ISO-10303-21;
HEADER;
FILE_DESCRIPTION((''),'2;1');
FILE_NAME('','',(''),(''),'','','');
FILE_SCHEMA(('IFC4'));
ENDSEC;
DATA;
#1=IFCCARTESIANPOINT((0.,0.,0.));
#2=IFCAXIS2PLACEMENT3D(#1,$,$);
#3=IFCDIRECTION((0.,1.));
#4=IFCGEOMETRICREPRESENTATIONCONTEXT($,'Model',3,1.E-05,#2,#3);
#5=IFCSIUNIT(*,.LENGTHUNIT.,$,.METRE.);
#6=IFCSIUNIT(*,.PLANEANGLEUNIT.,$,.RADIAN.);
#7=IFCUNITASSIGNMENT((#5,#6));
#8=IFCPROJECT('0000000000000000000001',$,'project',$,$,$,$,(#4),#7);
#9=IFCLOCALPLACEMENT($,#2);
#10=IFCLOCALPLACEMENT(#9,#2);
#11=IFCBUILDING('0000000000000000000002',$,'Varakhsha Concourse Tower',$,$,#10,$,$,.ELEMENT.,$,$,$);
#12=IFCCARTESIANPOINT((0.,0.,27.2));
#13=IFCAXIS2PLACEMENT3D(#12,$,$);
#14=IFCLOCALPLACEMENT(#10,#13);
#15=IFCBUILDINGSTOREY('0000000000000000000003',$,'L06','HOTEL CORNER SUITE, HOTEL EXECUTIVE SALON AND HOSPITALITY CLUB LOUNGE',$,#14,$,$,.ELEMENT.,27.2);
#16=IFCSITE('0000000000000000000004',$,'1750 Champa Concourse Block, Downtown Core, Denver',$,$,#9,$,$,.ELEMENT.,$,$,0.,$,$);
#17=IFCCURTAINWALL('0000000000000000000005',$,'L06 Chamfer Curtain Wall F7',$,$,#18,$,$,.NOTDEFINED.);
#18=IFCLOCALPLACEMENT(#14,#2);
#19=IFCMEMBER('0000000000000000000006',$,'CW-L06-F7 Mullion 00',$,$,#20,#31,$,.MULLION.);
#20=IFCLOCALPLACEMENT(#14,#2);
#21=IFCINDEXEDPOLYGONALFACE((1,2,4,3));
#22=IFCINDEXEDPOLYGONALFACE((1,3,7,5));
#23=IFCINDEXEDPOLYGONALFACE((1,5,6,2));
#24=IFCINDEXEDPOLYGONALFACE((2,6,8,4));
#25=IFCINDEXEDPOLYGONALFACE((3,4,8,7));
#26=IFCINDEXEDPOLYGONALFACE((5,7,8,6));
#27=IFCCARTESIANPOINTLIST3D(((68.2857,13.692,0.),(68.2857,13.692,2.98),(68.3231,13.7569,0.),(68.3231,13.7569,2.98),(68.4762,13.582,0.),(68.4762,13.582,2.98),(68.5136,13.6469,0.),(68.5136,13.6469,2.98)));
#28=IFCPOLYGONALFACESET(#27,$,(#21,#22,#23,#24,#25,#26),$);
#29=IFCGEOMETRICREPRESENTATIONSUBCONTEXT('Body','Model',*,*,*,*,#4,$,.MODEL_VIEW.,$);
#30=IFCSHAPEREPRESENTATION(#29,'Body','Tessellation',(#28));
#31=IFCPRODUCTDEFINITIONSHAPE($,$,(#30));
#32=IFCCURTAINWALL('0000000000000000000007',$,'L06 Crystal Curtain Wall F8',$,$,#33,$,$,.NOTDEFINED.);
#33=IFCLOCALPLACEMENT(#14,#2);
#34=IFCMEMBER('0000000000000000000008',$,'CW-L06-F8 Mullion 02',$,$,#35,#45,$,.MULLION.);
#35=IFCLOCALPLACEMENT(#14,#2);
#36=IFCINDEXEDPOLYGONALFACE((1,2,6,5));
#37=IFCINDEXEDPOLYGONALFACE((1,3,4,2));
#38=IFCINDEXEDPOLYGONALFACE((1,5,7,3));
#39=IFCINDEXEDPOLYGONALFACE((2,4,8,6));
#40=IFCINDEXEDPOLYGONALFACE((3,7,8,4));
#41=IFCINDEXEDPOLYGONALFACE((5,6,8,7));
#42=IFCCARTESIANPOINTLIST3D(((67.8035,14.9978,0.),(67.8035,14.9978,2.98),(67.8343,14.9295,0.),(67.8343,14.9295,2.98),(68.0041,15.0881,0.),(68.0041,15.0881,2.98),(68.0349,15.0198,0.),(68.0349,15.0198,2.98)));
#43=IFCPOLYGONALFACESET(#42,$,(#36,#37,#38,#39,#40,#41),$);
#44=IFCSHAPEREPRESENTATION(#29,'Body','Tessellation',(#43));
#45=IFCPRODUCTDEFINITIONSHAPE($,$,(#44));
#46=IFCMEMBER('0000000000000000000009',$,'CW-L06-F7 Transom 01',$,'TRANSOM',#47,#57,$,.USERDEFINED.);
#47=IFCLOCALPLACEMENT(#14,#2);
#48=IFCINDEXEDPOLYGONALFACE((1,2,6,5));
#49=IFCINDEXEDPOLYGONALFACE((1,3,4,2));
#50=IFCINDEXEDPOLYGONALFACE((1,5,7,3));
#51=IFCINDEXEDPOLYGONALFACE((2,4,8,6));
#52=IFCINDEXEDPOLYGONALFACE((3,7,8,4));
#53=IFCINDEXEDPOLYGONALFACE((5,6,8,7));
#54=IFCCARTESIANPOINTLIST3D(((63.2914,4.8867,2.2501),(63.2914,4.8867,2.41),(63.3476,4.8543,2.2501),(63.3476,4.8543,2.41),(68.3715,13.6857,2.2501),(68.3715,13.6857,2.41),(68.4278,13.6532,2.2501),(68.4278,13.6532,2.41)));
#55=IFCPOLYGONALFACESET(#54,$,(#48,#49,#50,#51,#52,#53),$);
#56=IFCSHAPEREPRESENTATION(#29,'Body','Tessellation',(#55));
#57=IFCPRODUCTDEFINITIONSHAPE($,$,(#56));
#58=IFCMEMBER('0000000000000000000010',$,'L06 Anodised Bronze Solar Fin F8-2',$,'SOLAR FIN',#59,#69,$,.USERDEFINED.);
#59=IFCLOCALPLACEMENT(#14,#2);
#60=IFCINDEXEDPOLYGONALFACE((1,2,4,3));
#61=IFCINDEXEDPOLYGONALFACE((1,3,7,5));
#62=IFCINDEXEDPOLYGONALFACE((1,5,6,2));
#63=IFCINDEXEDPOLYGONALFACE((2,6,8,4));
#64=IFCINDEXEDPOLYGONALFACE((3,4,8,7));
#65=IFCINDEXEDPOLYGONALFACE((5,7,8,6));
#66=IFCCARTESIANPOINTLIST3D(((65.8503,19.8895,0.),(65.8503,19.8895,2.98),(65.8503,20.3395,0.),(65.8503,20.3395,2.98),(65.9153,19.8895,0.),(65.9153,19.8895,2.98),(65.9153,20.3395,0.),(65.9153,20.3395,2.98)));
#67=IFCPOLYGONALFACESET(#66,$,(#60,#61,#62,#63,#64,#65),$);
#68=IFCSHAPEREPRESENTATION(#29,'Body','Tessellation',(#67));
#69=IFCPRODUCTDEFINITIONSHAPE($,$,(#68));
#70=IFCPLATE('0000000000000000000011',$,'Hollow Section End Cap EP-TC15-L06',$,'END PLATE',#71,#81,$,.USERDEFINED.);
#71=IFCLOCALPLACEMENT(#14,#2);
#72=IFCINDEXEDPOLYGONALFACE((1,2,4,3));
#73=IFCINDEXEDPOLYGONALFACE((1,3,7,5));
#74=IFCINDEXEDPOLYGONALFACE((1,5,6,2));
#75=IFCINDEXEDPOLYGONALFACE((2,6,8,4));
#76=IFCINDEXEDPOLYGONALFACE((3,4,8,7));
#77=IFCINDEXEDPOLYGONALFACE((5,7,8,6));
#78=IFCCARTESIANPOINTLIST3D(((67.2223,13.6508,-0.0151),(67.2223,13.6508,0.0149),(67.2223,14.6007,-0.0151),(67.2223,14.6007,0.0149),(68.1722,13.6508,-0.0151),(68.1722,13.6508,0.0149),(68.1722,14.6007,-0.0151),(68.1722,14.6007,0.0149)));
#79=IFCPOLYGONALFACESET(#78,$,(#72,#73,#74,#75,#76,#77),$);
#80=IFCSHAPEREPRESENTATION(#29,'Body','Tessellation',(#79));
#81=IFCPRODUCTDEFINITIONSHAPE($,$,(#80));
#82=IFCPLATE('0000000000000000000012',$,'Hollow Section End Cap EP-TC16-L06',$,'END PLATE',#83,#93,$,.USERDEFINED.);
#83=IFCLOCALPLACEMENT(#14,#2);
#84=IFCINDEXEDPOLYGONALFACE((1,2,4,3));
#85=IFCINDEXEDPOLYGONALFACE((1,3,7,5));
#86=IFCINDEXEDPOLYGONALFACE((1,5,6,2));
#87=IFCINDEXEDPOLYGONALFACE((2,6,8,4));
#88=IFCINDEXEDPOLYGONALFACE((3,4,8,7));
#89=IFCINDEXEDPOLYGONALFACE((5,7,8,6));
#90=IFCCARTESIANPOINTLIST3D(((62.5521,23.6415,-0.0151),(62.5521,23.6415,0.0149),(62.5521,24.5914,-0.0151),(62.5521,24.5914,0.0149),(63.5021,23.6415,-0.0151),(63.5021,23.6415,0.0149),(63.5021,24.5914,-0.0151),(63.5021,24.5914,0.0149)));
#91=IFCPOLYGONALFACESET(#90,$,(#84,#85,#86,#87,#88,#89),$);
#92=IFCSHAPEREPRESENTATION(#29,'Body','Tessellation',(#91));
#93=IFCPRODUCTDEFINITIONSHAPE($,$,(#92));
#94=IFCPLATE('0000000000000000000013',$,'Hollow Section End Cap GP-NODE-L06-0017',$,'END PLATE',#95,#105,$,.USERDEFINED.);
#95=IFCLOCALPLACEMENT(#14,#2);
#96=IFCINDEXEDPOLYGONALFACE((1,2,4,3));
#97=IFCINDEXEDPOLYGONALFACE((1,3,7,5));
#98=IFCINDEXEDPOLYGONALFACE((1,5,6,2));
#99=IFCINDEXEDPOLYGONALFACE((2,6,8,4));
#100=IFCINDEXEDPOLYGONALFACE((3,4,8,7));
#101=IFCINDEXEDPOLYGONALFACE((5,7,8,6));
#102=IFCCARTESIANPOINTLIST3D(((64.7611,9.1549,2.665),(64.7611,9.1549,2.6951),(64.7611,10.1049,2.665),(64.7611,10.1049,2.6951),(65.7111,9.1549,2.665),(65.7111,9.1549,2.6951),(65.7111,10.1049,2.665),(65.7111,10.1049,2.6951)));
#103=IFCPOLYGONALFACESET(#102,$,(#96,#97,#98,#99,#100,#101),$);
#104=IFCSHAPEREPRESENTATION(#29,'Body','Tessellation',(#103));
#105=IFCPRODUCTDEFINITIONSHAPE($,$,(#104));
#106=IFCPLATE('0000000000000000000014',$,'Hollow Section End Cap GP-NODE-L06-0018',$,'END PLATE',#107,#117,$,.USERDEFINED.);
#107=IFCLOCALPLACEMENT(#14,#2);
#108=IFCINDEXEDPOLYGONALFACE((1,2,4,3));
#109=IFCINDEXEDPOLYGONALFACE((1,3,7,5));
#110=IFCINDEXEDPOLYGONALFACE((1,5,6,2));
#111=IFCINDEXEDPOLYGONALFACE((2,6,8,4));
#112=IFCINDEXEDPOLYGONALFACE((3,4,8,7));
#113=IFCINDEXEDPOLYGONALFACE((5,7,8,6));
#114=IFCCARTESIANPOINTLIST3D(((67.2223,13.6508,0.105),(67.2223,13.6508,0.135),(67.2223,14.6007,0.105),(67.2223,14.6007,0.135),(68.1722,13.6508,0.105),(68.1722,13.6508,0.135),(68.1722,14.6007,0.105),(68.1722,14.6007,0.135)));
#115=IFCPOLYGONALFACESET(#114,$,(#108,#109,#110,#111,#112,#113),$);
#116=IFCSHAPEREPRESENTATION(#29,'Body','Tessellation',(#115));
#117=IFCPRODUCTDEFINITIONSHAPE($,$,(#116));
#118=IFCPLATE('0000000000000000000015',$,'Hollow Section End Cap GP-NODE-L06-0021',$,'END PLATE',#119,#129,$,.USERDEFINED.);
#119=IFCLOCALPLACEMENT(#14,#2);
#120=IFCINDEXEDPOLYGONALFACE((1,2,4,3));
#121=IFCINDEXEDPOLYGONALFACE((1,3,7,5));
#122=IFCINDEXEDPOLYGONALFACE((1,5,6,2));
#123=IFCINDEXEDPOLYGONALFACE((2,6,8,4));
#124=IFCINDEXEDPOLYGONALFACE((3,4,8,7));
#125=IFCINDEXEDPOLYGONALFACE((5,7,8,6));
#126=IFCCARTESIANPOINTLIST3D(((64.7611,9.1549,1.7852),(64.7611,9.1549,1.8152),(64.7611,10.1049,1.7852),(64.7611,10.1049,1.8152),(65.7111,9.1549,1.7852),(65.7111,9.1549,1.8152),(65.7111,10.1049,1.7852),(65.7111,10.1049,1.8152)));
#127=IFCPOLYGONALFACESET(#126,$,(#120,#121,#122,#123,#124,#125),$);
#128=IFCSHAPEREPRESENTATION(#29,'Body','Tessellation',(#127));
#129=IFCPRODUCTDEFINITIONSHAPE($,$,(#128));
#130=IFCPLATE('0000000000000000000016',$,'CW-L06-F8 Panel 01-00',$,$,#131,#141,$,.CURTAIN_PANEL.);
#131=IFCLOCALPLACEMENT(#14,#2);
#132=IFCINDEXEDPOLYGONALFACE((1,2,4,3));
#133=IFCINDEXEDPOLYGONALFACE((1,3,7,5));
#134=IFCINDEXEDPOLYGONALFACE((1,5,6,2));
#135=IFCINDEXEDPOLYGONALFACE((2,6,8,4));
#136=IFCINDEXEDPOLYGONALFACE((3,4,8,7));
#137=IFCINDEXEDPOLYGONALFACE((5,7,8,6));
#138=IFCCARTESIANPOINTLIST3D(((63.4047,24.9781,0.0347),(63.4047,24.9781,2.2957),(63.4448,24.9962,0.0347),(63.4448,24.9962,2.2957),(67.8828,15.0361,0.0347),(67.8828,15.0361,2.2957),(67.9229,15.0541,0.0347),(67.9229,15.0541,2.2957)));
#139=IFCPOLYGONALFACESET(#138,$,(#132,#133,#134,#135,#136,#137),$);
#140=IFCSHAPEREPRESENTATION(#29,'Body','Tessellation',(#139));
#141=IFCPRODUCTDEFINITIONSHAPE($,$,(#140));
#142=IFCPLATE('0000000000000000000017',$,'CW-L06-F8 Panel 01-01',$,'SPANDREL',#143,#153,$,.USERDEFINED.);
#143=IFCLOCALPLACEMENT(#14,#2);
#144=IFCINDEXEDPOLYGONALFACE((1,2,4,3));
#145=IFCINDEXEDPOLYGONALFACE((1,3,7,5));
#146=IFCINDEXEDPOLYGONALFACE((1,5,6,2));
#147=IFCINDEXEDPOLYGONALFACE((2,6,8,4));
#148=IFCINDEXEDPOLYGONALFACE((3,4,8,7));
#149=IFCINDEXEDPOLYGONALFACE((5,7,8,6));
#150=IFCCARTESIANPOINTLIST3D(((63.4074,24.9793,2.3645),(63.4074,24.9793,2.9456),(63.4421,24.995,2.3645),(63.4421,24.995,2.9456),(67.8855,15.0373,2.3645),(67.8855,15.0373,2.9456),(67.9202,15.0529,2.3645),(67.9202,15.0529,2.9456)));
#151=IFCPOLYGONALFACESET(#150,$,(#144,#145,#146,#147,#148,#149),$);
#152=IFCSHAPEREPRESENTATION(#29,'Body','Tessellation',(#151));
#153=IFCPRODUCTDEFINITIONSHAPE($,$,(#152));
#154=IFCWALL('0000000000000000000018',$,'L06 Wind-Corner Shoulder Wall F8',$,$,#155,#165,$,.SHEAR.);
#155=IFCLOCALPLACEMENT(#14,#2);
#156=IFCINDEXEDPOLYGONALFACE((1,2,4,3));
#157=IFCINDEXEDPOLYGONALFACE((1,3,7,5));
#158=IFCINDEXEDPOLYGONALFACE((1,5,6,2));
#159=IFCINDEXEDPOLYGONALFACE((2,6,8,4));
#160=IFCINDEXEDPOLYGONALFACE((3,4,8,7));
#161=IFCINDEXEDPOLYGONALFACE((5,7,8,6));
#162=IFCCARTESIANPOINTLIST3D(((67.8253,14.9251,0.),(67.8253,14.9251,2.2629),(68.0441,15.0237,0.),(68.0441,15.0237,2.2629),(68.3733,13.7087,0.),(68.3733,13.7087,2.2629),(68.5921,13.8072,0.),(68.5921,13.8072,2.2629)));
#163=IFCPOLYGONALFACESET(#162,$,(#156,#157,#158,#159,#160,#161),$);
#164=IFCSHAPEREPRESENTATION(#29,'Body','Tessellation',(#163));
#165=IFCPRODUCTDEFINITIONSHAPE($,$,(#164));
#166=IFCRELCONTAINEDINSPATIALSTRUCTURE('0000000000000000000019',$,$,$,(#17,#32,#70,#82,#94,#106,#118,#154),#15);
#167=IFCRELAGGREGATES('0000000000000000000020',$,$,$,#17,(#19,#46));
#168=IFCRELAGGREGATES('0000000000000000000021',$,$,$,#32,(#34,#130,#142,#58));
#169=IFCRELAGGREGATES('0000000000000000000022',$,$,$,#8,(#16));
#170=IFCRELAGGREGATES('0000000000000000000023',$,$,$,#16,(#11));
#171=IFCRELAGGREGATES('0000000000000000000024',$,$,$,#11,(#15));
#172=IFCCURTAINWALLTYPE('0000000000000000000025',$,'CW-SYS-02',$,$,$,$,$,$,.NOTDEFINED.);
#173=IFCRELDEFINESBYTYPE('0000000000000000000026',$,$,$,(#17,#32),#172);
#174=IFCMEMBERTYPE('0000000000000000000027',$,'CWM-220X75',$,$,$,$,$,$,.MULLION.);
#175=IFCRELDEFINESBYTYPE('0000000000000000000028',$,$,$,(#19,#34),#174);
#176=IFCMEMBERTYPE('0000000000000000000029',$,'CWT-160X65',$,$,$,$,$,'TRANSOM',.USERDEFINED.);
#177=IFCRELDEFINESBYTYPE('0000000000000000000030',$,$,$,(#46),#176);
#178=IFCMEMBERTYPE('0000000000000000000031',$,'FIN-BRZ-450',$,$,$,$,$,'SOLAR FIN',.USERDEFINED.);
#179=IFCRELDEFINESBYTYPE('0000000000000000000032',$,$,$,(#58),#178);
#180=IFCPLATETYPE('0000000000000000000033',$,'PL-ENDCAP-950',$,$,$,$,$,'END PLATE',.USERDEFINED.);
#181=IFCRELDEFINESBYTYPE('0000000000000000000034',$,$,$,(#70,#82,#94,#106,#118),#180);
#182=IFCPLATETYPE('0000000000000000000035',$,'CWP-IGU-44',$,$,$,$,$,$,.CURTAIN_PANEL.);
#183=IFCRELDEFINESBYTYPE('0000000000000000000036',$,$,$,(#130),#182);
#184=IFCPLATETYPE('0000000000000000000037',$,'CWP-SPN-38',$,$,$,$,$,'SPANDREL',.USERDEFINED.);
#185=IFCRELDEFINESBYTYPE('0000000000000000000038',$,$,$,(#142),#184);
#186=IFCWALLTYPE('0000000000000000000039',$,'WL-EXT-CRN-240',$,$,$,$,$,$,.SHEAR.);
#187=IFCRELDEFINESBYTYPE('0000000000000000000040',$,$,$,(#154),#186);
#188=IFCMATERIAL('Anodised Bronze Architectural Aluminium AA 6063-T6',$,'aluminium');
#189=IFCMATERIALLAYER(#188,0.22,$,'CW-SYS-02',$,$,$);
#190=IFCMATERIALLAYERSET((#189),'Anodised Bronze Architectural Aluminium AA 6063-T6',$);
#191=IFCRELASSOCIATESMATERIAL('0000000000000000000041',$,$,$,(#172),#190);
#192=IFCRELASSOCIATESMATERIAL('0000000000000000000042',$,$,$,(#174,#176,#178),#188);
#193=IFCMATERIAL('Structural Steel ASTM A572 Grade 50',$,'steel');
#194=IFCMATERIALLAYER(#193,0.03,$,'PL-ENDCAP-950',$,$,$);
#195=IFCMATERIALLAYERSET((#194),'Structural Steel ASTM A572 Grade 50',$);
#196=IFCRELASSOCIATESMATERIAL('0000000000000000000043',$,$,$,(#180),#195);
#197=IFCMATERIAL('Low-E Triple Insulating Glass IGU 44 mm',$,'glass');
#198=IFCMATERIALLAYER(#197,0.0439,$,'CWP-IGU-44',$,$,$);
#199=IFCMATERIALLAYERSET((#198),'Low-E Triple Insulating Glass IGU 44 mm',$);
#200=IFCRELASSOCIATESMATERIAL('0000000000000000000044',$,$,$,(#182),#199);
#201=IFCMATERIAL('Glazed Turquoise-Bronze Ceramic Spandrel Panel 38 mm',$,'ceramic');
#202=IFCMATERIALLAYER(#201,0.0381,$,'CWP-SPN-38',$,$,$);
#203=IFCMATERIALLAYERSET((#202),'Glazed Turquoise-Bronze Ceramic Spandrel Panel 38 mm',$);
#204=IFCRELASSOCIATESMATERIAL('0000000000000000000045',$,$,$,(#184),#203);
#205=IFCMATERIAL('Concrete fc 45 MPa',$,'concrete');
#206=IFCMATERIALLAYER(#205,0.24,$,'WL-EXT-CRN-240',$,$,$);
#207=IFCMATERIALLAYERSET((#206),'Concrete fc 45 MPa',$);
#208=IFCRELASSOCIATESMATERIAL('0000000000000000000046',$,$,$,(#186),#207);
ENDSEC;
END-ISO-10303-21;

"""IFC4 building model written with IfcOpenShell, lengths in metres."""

from ifc_helpers import new_model, si_unit, direction, frame, frame_2d, origin, origin_2d, place, context, subcontext, project, spatial, rectangle, extrude, source, transform, mapped, material, layer, layer_set, material_profile, profile_set, type_object, type_shapes, element, aggregate, save


model = new_model("IFC4")

# Units and contexts
model_context = context("Model", 3, precision=1e-05, world=origin(), true_north=direction((0.0, 1.0)))
body_context = subcontext(model_context, "Body", "Model", "MODEL_VIEW")
ifc_project = project(units=[si_unit("LENGTHUNIT", "METRE"), si_unit("PLANEANGLEUNIT", "RADIAN")], contexts=[model_context])

# Site, building, storey
site_placement = place(None, origin())
site = spatial("IfcSite", under=ifc_project, at=site_placement, Name="1750 Champa Concourse Block, Downtown Core, Denver", CompositionType="ELEMENT", RefElevation=0.0)
building_placement = place(site_placement, origin())
building = spatial("IfcBuilding", under=site, at=building_placement, Name="Varakhsha Concourse Tower", CompositionType="ELEMENT")
storey_placement = place(building_placement, frame((0.0, 0.0, 27.2)))
storey = spatial("IfcBuildingStorey", under=building, at=storey_placement, Name="L06", Description="HOTEL CORNER SUITE, HOTEL EXECUTIVE SALON AND HOSPITALITY CLUB LOUNGE", CompositionType="ELEMENT", Elevation=27.2)

# Shared definitions
ifc_material_1 = material(Name="Structural Steel ASTM A572 Grade 50", Category="steel")

# Curtain walls, members
ifc_material_2 = material(Name="Anodised Bronze Architectural Aluminium AA 6063-T6", Category="aluminium")
ifc_layer_1 = layer(ifc_material_2, 0.22, Name="CW-SYS-02")
ifc_layer_set_1 = layer_set([ifc_layer_1], Name="Anodised Bronze Architectural Aluminium AA 6063-T6")
curtain_wall_type = type_object("IfcCurtainWallType", Name="CW-SYS-02", PredefinedType="NOTDEFINED", material=ifc_layer_set_1)
curtain_wall_1_placement = place(storey_placement, origin())
curtain_wall_1 = element("IfcCurtainWall", 1, at=curtain_wall_1_placement, inside=storey, type_object=curtain_wall_type, Name="L06 Chamfer Curtain Wall F7", PredefinedType="NOTDEFINED")
ifc_material_profile_1 = material_profile(ifc_material_2, rectangle(XDim=0.075, YDim=0.22, at=origin_2d()), Name="CWM-220X75")
ifc_profile_set_1 = profile_set([ifc_material_profile_1], Name="Anodised Bronze Architectural Aluminium AA 6063-T6")
member_type_1 = type_object("IfcMemberType", Name="CWM-220X75", PredefinedType="MULLION", material=ifc_profile_set_1)
shared_shape_1 = source(origin(), body_context, "Body", "SweptSolid", [
    extrude(rectangle(XDim=0.075, YDim=0.22, at=origin_2d()), origin(), (0.0, 0.0, 1.0), 2.98),
])
type_shapes(member_type_1, [shared_shape_1])
member_1_placement = place(storey_placement, frame((68.3997, 13.6694, 0.0), z_axis=(0.0, 0.0, 1.0), x_axis=(-0.499997, -0.866027, 0.0)))
member_1 = element("IfcMember", 2, at=member_1_placement, type_object=member_type_1, Name="CW-L06-F7 Mullion 00", PredefinedType="MULLION", context=body_context, shape_type="MappedRepresentation", body=[
    mapped(shared_shape_1, transform((0.0, 0.0, 0.0), scale=1.0)),
])
curtain_wall_2_placement = place(storey_placement, origin())
curtain_wall_2 = element("IfcCurtainWall", 3, at=curtain_wall_2_placement, inside=storey, type_object=curtain_wall_type, Name="L06 Crystal Curtain Wall F8", PredefinedType="NOTDEFINED")
member_2_placement = place(storey_placement, frame((67.9192, 15.0088, 0.0), z_axis=(0.0, 0.0, 1.0), x_axis=(0.410684, -0.911778, 0.0)))
member_2 = element("IfcMember", 4, at=member_2_placement, type_object=member_type_1, Name="CW-L06-F8 Mullion 02", PredefinedType="MULLION", context=body_context, shape_type="MappedRepresentation", body=[
    mapped(shared_shape_1, transform((0.0, 0.0, 0.0), scale=1.0)),
])

# Members
ifc_material_profile_2 = material_profile(ifc_material_2, rectangle(XDim=0.0649, YDim=0.1599, at=origin_2d()), Name="CWT-160X65")
ifc_profile_set_2 = profile_set([ifc_material_profile_2], Name="Anodised Bronze Architectural Aluminium AA 6063-T6")
member_type_2 = type_object("IfcMemberType", Name="CWT-160X65", ElementType="TRANSOM", PredefinedType="USERDEFINED", material=ifc_profile_set_2)
shared_shape_2 = source(origin(), body_context, "Body", "SweptSolid", [
    extrude(rectangle(XDim=0.0649, YDim=0.1599, at=origin_2d()), origin(), (0.0, 0.0, 1.0), 10.1602),
])
type_shapes(member_type_2, [shared_shape_2])
member_3_placement = place(storey_placement, frame((68.3997, 13.6694, 2.3301), z_axis=(-0.500005, -0.866022, 0.0), x_axis=(0.866022, -0.500005, 0.0)))
member_3 = element("IfcMember", 5, at=member_3_placement, type_object=member_type_2, Name="CW-L06-F7 Transom 01", ObjectType="TRANSOM", PredefinedType="USERDEFINED", context=body_context, shape_type="MappedRepresentation", body=[
    mapped(shared_shape_2, transform((0.0, 0.0, 0.0), scale=1.0)),
])
aggregate(curtain_wall_1, [member_1, member_3])
ifc_material_profile_3 = material_profile(ifc_material_2, rectangle(XDim=0.0649, YDim=0.45, at=origin_2d()), Name="FIN-BRZ-450")
ifc_profile_set_3 = profile_set([ifc_material_profile_3], Name="Anodised Bronze Architectural Aluminium AA 6063-T6")
member_type_3 = type_object("IfcMemberType", Name="FIN-BRZ-450", ElementType="SOLAR FIN", PredefinedType="USERDEFINED", material=ifc_profile_set_3)
shared_shape_3 = source(origin(), body_context, "Body", "SweptSolid", [
    extrude(rectangle(XDim=0.0649, YDim=0.45, at=origin_2d()), origin(), (0.0, 0.0, 1.0), 2.98),
])
type_shapes(member_type_3, [shared_shape_3])
member_4_placement = place(storey_placement, frame((65.8828, 20.1145, 0.0), z_axis=(0.0, 0.0, 1.0), x_axis=(1.0, 0.0, 0.0)))
member_4 = element("IfcMember", 6, at=member_4_placement, type_object=member_type_3, Name="L06 Anodised Bronze Solar Fin F8-2", ObjectType="SOLAR FIN", PredefinedType="USERDEFINED", context=body_context, shape_type="MappedRepresentation", body=[
    mapped(shared_shape_3, transform((0.0, 0.0, 0.0), scale=1.0)),
])

# Plates
ifc_layer_2 = layer(ifc_material_1, 0.03, Name="PL-ENDCAP-950")
ifc_layer_set_2 = layer_set([ifc_layer_2], Name="Structural Steel ASTM A572 Grade 50")
plate_type_1 = type_object("IfcPlateType", Name="PL-ENDCAP-950", ElementType="END PLATE", PredefinedType="USERDEFINED", material=ifc_layer_set_2)
shared_shape_4 = source(origin(), body_context, "Body", "SweptSolid", [
    extrude(rectangle(XDim=0.95, YDim=0.95, at=origin_2d()), origin(), (0.0, 0.0, 1.0), 0.03),
])
type_shapes(plate_type_1, [shared_shape_4])
for number, where, z_axis, x_axis, name in (
    (7, (67.6973, 14.1257, -0.0151), (0.0, 0.0, 1.0), (1.0, 0.0, 0.0), "Hollow Section End Cap EP-TC15-L06"),
    (8, (63.0271, 24.1165, -0.0151), (0.0, 0.0, 1.0), (1.0, 0.0, 0.0), "Hollow Section End Cap EP-TC16-L06"),
    (9, (65.2361, 9.6299, 2.665), (0.0, 0.0, 1.0), (1.0, 0.0, 0.0), "Hollow Section End Cap GP-NODE-L06-0017"),
    (10, (67.6973, 14.1257, 0.105), (0.0, 0.0, 1.0), (1.0, 0.0, 0.0), "Hollow Section End Cap GP-NODE-L06-0018"),
    (11, (65.2361, 9.6299, 1.7852), (0.0, 0.0, 1.0), (1.0, 0.0, 0.0), "Hollow Section End Cap GP-NODE-L06-0021"),
):
    element("IfcPlate", number, at=place(storey_placement, frame(where, z_axis=z_axis, x_axis=x_axis)), inside=storey, type_object=plate_type_1, Name=name, ObjectType="END PLATE", PredefinedType="USERDEFINED", context=body_context, shape_type="MappedRepresentation", body=[
        mapped(shared_shape_4, transform((0.0, 0.0, 0.0), scale=1.0)),
    ])

# Plates
ifc_material_3 = material(Name="Low-E Triple Insulating Glass IGU 44 mm", Category="glass")
ifc_layer_3 = layer(ifc_material_3, 0.0439, Name="CWP-IGU-44")
ifc_layer_set_3 = layer_set([ifc_layer_3], Name="Low-E Triple Insulating Glass IGU 44 mm")
plate_type_2 = type_object("IfcPlateType", Name="CWP-IGU-44", PredefinedType="CURTAIN_PANEL", material=ifc_layer_set_3)
shared_shape_5 = source(origin(), body_context, "Body", "SweptSolid", [
    extrude(rectangle(XDim=10.9041, YDim=0.0439, at=origin_2d()), origin(), (0.0, 0.0, 1.0), 2.261),
])
type_shapes(plate_type_2, [shared_shape_5])
plate_1_placement = place(storey_placement, frame((65.6638, 20.0161, 0.0347), z_axis=(0.0, 0.0, 1.0), x_axis=(0.410684, -0.911778, 0.0)))
plate_1 = element("IfcPlate", 12, at=plate_1_placement, type_object=plate_type_2, Name="CW-L06-F8 Panel 01-00", PredefinedType="CURTAIN_PANEL", context=body_context, shape_type="MappedRepresentation", body=[
    mapped(shared_shape_5, transform((0.0, 0.0, 0.0), scale=1.0)),
])
ifc_material_4 = material(Name="Glazed Turquoise-Bronze Ceramic Spandrel Panel 38 mm", Category="ceramic")
ifc_layer_4 = layer(ifc_material_4, 0.0381, Name="CWP-SPN-38")
ifc_layer_set_4 = layer_set([ifc_layer_4], Name="Glazed Turquoise-Bronze Ceramic Spandrel Panel 38 mm")
plate_type_3 = type_object("IfcPlateType", Name="CWP-SPN-38", ElementType="SPANDREL", PredefinedType="USERDEFINED", material=ifc_layer_set_4)
shared_shape_6 = source(origin(), body_context, "Body", "SweptSolid", [
    extrude(rectangle(XDim=10.9041, YDim=0.0381, at=origin_2d()), origin(), (0.0, 0.0, 1.0), 0.5811),
])
type_shapes(plate_type_3, [shared_shape_6])
plate_2_placement = place(storey_placement, frame((65.6638, 20.0161, 2.3645), z_axis=(0.0, 0.0, 1.0), x_axis=(0.410684, -0.911778, 0.0)))
plate_2 = element("IfcPlate", 13, at=plate_2_placement, type_object=plate_type_3, Name="CW-L06-F8 Panel 01-01", ObjectType="SPANDREL", PredefinedType="USERDEFINED", context=body_context, shape_type="MappedRepresentation", body=[
    mapped(shared_shape_6, transform((0.0, 0.0, 0.0), scale=1.0)),
])
aggregate(curtain_wall_2, [member_2, plate_1, plate_2, member_4])

# Wall
ifc_material_5 = material(Name="Concrete fc 45 MPa", Category="concrete")
ifc_layer_5 = layer(ifc_material_5, 0.24, Name="WL-EXT-CRN-240")
ifc_layer_set_5 = layer_set([ifc_layer_5], Name="Concrete fc 45 MPa")
wall_type = type_object("IfcWallType", Name="WL-EXT-CRN-240", PredefinedType="SHEAR", material=ifc_layer_set_5)
wall_placement = place(storey_placement, frame((68.4827, 13.7581, 0.0), z_axis=(0.0, 0.0, 1.0), x_axis=(-0.410768, 0.91174, 0.0)))
element("IfcWall", 14, at=wall_placement, inside=storey, type_object=wall_type, Name="L06 Wind-Corner Shoulder Wall F8", PredefinedType="SHEAR", context=body_context, shape_type="SweptSolid", body=[
    extrude(rectangle(XDim=1.3342, YDim=0.24, at=frame_2d((0.667, 0.0))), origin(), (0.0, 0.0, 1.0), 2.2629),
])

save(model, "model.ifc")
